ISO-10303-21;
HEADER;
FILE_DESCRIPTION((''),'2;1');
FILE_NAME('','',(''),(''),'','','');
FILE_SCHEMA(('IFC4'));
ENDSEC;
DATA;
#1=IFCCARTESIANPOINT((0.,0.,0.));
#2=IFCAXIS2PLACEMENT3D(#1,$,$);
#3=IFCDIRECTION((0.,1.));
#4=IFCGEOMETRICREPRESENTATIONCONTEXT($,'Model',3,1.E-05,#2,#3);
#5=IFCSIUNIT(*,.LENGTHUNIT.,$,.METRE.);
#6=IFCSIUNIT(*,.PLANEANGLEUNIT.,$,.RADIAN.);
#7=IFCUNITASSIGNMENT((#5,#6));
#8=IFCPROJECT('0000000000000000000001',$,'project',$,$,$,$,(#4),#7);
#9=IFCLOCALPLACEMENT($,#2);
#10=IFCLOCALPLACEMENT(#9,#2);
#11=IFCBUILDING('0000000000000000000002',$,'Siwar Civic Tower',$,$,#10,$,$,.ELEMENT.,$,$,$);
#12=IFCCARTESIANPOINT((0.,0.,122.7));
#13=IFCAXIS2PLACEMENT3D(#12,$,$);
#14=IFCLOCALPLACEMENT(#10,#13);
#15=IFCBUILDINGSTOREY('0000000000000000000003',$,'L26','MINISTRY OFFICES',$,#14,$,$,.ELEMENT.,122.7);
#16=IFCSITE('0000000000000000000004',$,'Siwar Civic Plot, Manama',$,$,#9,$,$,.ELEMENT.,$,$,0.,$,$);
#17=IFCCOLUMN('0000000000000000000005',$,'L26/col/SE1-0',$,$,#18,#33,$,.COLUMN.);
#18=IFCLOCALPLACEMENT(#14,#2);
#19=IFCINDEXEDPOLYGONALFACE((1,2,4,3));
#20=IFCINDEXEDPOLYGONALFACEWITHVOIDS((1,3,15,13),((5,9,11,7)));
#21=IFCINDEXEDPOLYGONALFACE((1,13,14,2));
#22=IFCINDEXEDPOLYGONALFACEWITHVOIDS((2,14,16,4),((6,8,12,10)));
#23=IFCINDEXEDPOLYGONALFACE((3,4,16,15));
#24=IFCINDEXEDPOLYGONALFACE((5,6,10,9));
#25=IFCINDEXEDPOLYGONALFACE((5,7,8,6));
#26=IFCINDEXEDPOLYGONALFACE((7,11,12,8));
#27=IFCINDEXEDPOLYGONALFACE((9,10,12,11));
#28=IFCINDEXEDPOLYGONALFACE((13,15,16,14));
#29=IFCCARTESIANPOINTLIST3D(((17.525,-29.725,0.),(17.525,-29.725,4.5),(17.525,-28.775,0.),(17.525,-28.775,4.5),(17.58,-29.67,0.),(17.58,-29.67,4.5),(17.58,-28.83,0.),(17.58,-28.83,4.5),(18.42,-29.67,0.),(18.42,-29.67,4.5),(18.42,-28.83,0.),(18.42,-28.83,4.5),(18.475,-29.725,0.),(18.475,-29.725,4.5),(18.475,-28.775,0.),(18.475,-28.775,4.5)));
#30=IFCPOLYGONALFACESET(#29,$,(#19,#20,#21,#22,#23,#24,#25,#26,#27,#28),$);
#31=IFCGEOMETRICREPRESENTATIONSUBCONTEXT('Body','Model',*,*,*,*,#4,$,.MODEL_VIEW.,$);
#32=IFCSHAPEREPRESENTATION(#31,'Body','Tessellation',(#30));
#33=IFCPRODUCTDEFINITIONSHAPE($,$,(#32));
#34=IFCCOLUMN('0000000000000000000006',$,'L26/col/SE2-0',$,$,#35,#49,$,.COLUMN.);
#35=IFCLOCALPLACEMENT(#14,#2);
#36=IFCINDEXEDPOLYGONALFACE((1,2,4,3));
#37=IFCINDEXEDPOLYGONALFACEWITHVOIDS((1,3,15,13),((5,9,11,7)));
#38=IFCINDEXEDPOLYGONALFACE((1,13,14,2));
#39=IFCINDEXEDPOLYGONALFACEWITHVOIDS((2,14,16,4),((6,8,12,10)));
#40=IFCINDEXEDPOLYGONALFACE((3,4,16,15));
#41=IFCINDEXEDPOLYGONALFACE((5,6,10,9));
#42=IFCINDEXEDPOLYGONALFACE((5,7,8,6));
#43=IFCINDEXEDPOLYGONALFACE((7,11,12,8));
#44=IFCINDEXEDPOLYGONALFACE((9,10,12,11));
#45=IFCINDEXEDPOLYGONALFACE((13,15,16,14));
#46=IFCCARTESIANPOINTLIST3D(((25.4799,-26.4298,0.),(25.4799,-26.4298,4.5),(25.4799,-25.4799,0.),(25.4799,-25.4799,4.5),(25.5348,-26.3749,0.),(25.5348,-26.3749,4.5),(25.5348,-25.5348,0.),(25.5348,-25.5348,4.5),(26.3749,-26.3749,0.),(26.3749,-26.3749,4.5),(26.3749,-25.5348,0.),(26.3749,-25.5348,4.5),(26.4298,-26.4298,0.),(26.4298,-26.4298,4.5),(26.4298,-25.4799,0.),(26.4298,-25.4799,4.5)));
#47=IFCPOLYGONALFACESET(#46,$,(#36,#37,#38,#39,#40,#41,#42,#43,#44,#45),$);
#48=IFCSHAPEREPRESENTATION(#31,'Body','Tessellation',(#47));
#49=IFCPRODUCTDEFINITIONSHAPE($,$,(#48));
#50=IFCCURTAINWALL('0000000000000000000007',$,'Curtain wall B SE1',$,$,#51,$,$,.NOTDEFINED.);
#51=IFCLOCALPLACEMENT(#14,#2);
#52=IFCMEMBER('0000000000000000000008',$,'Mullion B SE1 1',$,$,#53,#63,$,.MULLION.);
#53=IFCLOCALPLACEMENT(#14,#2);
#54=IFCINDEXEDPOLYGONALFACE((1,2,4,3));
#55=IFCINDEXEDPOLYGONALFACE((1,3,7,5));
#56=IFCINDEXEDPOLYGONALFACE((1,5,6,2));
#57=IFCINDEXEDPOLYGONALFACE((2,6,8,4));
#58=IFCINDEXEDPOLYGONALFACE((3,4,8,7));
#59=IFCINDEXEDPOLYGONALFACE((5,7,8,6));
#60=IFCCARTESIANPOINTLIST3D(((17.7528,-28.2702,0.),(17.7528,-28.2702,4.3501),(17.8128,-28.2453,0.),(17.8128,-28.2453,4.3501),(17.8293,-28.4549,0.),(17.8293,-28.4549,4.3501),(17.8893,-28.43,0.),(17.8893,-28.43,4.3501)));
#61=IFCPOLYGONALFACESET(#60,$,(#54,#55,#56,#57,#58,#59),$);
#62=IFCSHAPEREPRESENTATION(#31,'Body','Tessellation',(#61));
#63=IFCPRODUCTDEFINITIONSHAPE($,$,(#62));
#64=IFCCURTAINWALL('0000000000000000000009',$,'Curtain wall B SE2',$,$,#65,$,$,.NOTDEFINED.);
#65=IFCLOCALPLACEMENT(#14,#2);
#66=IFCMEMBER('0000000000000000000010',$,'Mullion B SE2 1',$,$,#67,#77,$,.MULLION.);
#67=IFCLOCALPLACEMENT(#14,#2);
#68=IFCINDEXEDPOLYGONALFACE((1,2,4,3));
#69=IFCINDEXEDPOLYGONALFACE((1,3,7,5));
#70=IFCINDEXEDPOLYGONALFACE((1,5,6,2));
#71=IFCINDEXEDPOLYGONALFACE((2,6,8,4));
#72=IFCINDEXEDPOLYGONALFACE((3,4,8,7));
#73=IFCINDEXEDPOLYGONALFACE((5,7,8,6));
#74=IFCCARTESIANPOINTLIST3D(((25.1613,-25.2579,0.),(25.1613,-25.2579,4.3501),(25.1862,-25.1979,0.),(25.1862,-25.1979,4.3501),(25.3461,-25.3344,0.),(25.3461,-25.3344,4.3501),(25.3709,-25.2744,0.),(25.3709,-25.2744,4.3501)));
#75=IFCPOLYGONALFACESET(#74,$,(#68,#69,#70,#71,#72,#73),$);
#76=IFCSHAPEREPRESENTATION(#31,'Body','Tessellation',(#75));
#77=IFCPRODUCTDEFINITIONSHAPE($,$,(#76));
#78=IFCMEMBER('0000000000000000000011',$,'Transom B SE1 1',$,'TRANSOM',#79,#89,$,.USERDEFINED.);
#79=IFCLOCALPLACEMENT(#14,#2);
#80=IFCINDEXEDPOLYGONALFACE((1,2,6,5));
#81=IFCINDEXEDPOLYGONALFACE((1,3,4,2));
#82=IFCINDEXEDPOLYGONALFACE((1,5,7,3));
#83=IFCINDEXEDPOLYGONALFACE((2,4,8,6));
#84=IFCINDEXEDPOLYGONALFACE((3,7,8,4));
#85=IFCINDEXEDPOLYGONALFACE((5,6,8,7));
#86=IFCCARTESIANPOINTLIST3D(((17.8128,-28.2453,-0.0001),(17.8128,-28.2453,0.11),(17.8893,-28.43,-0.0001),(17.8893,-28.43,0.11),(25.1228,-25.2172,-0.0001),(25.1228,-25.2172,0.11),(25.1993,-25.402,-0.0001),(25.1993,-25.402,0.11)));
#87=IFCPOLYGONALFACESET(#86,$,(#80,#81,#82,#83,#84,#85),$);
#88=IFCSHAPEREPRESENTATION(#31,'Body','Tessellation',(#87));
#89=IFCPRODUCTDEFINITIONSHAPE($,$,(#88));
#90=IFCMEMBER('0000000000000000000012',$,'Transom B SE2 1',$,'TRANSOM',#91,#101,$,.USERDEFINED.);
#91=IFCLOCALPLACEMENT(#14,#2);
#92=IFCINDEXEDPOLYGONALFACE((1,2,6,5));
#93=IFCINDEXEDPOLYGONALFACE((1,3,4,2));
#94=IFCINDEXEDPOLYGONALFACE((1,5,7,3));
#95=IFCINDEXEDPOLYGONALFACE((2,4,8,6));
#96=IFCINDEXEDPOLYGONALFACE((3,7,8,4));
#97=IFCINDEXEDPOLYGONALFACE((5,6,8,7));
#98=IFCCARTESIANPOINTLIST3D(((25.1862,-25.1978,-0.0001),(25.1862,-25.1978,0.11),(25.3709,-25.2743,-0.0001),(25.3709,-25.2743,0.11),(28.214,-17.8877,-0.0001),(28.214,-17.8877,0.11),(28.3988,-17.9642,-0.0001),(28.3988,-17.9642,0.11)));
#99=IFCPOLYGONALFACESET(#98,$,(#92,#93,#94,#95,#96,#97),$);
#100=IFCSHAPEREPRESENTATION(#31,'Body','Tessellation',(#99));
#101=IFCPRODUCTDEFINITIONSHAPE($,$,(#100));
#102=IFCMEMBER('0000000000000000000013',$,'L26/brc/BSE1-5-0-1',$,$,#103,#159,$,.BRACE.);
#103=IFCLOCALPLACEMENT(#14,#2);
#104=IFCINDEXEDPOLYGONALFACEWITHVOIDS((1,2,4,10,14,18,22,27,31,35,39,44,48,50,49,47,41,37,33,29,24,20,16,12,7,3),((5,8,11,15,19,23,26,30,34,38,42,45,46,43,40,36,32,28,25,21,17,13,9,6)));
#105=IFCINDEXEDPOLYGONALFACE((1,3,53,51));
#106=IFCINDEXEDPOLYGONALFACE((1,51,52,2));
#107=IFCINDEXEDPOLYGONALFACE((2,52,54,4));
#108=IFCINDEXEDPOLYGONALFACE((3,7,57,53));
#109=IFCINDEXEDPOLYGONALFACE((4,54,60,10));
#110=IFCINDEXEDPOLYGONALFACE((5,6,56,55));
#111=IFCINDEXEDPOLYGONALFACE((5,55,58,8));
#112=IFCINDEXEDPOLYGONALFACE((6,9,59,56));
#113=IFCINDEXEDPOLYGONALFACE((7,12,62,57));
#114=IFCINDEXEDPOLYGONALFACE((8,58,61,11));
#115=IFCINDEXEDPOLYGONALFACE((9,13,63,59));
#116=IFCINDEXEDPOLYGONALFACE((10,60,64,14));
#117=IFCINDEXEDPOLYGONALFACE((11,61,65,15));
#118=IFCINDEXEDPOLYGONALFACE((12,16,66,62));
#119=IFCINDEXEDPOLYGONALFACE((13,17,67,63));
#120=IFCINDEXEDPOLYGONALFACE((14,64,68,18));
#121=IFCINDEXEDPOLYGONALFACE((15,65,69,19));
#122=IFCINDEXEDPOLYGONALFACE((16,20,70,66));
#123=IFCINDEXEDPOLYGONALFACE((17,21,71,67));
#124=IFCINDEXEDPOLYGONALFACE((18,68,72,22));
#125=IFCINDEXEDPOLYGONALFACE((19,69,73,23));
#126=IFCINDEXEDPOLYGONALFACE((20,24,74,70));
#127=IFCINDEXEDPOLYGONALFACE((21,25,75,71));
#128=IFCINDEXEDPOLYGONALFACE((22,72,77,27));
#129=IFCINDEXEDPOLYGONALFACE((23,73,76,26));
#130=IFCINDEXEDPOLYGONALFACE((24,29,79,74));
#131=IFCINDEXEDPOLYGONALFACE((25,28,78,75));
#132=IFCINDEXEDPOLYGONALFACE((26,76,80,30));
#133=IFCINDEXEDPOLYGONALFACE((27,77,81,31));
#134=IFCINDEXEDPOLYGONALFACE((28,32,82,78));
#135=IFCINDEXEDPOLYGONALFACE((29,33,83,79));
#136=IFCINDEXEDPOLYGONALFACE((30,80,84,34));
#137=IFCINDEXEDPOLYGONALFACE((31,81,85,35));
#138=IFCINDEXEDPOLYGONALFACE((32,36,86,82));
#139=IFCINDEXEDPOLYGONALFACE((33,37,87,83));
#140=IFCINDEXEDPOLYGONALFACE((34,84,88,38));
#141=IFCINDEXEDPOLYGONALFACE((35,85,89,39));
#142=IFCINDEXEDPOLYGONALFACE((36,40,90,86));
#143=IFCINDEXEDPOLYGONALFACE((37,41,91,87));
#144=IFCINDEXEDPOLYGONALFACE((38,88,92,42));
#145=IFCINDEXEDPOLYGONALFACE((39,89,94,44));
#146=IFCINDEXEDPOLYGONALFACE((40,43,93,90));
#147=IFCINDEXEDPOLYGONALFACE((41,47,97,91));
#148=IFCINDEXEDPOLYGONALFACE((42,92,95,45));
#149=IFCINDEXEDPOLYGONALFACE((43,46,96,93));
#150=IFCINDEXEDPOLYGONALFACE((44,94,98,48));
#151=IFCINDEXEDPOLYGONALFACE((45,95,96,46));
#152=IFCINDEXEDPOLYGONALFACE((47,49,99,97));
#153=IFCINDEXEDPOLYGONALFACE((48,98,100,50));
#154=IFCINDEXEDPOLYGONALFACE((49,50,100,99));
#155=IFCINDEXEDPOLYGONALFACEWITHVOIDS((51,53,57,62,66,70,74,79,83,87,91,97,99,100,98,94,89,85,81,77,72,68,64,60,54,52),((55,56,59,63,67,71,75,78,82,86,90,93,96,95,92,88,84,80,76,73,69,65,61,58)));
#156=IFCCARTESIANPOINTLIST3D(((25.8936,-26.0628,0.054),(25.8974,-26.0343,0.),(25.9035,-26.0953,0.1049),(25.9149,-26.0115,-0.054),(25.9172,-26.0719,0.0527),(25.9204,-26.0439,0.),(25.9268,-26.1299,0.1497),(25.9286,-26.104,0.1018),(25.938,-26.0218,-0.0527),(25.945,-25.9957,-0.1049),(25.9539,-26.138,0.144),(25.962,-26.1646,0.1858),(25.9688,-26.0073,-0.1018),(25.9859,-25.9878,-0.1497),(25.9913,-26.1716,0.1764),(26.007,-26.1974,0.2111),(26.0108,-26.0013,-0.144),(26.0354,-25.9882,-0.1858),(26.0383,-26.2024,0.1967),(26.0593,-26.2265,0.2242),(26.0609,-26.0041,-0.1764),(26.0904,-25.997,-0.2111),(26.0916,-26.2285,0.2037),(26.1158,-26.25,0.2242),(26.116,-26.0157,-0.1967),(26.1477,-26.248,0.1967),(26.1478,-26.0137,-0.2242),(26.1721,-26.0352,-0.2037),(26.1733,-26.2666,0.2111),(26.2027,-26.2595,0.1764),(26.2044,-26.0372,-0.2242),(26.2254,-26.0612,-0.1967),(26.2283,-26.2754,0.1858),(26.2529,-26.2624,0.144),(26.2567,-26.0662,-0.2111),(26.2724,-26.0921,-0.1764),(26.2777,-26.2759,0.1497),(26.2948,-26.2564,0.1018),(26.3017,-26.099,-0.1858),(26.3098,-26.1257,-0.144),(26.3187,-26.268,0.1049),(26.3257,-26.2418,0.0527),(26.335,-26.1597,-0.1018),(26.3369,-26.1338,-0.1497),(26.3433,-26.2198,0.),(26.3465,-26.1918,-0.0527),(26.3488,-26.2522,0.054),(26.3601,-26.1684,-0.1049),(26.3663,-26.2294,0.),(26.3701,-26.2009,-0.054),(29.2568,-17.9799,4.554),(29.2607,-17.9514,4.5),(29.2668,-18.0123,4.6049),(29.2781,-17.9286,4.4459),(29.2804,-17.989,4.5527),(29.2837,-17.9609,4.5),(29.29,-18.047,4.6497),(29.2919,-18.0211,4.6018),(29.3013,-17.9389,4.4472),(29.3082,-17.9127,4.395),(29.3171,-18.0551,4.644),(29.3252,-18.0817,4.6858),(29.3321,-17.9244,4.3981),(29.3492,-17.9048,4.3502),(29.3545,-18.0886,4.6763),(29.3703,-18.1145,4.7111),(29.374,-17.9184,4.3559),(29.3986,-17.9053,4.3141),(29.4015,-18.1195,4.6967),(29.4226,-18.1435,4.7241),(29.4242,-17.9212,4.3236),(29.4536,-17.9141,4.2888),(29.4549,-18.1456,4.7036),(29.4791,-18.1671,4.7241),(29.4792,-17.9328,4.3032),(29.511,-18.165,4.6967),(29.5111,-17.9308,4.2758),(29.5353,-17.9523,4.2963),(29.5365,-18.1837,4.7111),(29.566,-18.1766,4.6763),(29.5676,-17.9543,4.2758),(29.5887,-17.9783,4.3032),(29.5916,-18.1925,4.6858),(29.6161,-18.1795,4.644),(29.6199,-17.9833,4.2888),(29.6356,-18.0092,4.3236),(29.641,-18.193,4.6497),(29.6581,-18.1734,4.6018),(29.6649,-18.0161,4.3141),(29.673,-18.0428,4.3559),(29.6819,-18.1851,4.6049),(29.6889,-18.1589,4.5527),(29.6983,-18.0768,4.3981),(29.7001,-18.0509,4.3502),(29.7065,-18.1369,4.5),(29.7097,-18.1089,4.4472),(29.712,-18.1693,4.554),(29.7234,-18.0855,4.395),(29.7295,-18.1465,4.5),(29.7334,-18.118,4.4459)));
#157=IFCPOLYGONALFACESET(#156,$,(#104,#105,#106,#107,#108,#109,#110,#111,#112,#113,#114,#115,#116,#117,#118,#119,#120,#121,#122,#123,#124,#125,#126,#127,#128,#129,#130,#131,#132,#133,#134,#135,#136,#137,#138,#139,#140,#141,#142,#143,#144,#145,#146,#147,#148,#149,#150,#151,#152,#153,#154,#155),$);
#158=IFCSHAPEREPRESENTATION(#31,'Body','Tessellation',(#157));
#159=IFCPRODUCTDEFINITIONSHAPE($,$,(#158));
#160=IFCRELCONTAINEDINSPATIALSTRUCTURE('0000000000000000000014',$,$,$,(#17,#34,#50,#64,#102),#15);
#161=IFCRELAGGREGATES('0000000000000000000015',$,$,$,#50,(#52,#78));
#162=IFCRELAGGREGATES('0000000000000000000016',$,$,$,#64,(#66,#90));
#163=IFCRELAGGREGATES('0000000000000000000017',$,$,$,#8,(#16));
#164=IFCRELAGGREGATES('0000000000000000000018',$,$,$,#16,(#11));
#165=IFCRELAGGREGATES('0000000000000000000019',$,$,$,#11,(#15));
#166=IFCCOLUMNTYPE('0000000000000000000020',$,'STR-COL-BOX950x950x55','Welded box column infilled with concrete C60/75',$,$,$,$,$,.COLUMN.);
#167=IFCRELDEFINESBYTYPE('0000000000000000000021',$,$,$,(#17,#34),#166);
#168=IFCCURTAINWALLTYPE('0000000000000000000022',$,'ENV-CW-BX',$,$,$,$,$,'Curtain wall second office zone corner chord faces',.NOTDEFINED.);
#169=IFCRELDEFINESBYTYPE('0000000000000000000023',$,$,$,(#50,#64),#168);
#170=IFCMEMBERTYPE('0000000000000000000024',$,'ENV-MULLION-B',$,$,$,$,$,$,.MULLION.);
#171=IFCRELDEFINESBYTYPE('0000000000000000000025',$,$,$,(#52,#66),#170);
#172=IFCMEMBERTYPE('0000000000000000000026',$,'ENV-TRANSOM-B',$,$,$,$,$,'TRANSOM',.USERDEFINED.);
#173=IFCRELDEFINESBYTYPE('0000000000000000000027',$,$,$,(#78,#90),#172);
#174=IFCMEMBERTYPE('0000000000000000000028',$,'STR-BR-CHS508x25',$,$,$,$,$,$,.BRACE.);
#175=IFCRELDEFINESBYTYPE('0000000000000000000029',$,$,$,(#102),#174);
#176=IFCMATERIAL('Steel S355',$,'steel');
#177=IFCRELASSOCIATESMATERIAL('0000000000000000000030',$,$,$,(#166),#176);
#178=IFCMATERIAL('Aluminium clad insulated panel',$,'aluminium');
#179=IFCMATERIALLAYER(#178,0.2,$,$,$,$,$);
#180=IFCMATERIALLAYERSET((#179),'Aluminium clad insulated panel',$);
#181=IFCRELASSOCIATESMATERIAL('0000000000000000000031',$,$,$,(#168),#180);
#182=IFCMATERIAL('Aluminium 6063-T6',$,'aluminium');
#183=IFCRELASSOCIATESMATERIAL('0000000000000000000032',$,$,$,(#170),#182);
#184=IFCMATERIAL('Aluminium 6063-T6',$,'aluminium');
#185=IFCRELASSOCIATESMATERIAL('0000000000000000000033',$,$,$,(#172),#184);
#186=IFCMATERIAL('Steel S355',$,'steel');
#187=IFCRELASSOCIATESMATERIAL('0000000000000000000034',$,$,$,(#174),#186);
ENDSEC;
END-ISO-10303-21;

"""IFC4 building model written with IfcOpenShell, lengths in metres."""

from ifc_helpers import new_model, si_unit, direction, frame, origin, origin_2d, place, context, subcontext, project, spatial, rectangle, hollow_rectangle, hollow_circle, extrude, material, layer, layer_set, material_profile, profile_set, type_object, element, aggregate, save


model = new_model("IFC4")

# Units and contexts
model_context = context("Model", 3, precision=1e-05, world=origin(), true_north=direction((0.0, 1.0)))
body_context = subcontext(model_context, "Body", "Model", "MODEL_VIEW")
ifc_project = project(units=[si_unit("LENGTHUNIT", "METRE"), si_unit("PLANEANGLEUNIT", "RADIAN")], contexts=[model_context])

# Site, building, storey
site_placement = place(None, origin())
site = spatial("IfcSite", under=ifc_project, at=site_placement, Name="Siwar Civic Plot, Manama", CompositionType="ELEMENT", RefElevation=0.0)
building_placement = place(site_placement, origin())
building = spatial("IfcBuilding", under=site, at=building_placement, Name="Siwar Civic Tower", CompositionType="ELEMENT")
storey_placement = place(building_placement, frame((0.0, 0.0, 122.7)))
storey = spatial("IfcBuildingStorey", under=building, at=storey_placement, Name="L26", Description="MINISTRY OFFICES", CompositionType="ELEMENT", Elevation=122.7)

# Columns
ifc_material_1 = material(Name="Steel S355", Category="steel")
ifc_material_profile_1 = material_profile(ifc_material_1, hollow_rectangle(XDim=0.95, YDim=0.95, WallThickness=0.0549, at=origin_2d()), Name="BOX950x950x55")
ifc_profile_set_1 = profile_set([ifc_material_profile_1], Name="Steel S355")
column_type = type_object("IfcColumnType", Name="STR-COL-BOX950x950x55", Description="Welded box column infilled with concrete C60/75", PredefinedType="COLUMN", material=ifc_profile_set_1)
for number, where, z_axis, x_axis, name in (
    (1, (18.0, -29.25, 0.0), (0.0, 0.0, 1.0), (1.0, 0.0, 0.0), "L26/col/SE1-0"),
    (2, (25.9548, -25.9548, 0.0), (0.0, 0.0, 1.0), (1.0, 0.0, 0.0), "L26/col/SE2-0"),
):
    element("IfcColumn", number, at=place(storey_placement, frame(where, z_axis=z_axis, x_axis=x_axis)), inside=storey, type_object=column_type, Name=name, PredefinedType="COLUMN", context=body_context, shape_type="SweptSolid", body=[
        extrude(hollow_rectangle(XDim=0.95, YDim=0.95, WallThickness=0.0549, at=origin_2d()), origin(), (0.0, 0.0, 1.0), 4.5),
    ])

# Curtain walls, members
ifc_material_2 = material(Name="Aluminium clad insulated panel", Category="aluminium")
ifc_layer_1 = layer(ifc_material_2, 0.2)
ifc_layer_set_1 = layer_set([ifc_layer_1], Name="Aluminium clad insulated panel")
curtain_wall_type = type_object("IfcCurtainWallType", Name="ENV-CW-BX", ElementType="Curtain wall second office zone corner chord faces", PredefinedType="NOTDEFINED", material=ifc_layer_set_1)
curtain_wall_1_placement = place(storey_placement, origin())
curtain_wall_1 = element("IfcCurtainWall", 3, at=curtain_wall_1_placement, inside=storey, type_object=curtain_wall_type, Name="Curtain wall B SE1", PredefinedType="NOTDEFINED")
ifc_material_3 = material(Name="Aluminium 6063-T6", Category="aluminium")
ifc_material_profile_2 = material_profile(ifc_material_3, rectangle(XDim=0.2, YDim=0.0649, at=origin_2d()), Name="AL 200x65")
ifc_profile_set_2 = profile_set([ifc_material_profile_2], Name="Aluminium 6063-T6")
member_type_1 = type_object("IfcMemberType", Name="ENV-MULLION-B", PredefinedType="MULLION", material=ifc_profile_set_2)
member_1_placement = place(storey_placement, frame((17.821, -28.3501, 0.0), z_axis=(0.0, 0.0, 1.0), x_axis=(-0.382683, 0.92388, 0.0)))
member_1 = element("IfcMember", 4, at=member_1_placement, type_object=member_type_1, Name="Mullion B SE1 1", PredefinedType="MULLION", context=body_context, shape_type="SweptSolid", body=[
    extrude(rectangle(XDim=0.2, YDim=0.0649, at=origin_2d()), origin(), (0.0, 0.0, 1.0), 4.3501),
])
curtain_wall_2_placement = place(storey_placement, origin())
curtain_wall_2 = element("IfcCurtainWall", 5, at=curtain_wall_2_placement, inside=storey, type_object=curtain_wall_type, Name="Curtain wall B SE2", PredefinedType="NOTDEFINED")
member_2_placement = place(storey_placement, frame((25.2661, -25.2661, 0.0), z_axis=(0.0, 0.0, 1.0), x_axis=(-0.92388, 0.382683, 0.0)))
member_2 = element("IfcMember", 6, at=member_2_placement, type_object=member_type_1, Name="Mullion B SE2 1", PredefinedType="MULLION", context=body_context, shape_type="SweptSolid", body=[
    extrude(rectangle(XDim=0.2, YDim=0.0649, at=origin_2d()), origin(), (0.0, 0.0, 1.0), 4.3501),
])

# Members
ifc_material_4 = material(Name="Aluminium 6063-T6", Category="aluminium")
ifc_material_profile_3 = material_profile(ifc_material_4, rectangle(XDim=0.2, YDim=0.1101, at=origin_2d()), Name="AL 200x110")
ifc_profile_set_3 = profile_set([ifc_material_profile_3], Name="Aluminium 6063-T6")
member_type_2 = type_object("IfcMemberType", Name="ENV-TRANSOM-B", ElementType="TRANSOM", PredefinedType="USERDEFINED", material=ifc_profile_set_3)
member_3_placement = place(storey_placement, frame((17.8511, -28.3376, 0.0549), z_axis=(0.923873, 0.3827, 0.0), x_axis=(-0.3827, 0.923873, 0.0)))
member_3 = element("IfcMember", 7, at=member_3_placement, type_object=member_type_2, Name="Transom B SE1 1", ObjectType="TRANSOM", PredefinedType="USERDEFINED", context=body_context, shape_type="SweptSolid", body=[
    extrude(rectangle(XDim=0.2, YDim=0.1101, at=origin_2d()), origin(), (0.0, 0.0, 1.0), 7.9124),
])
member_4_placement = place(storey_placement, frame((25.2786, -25.2361, 0.0549), z_axis=(0.382673, 0.923884, 0.0), x_axis=(-0.923884, 0.382673, 0.0)))
member_4 = element("IfcMember", 8, at=member_4_placement, type_object=member_type_2, Name="Transom B SE2 1", ObjectType="TRANSOM", PredefinedType="USERDEFINED", context=body_context, shape_type="SweptSolid", body=[
    extrude(rectangle(XDim=0.2, YDim=0.1101, at=origin_2d()), origin(), (0.0, 0.0, 1.0), 7.9124),
])

# Member
ifc_material_5 = material(Name="Steel S355", Category="steel")
ifc_material_profile_4 = material_profile(ifc_material_5, hollow_circle(Radius=0.2539, WallThickness=0.0249, at=origin_2d()), Name="CHS508x25")
ifc_profile_set_4 = profile_set([ifc_material_profile_4], Name="Steel S355")
member_type_3 = type_object("IfcMemberType", Name="STR-BR-CHS508x25", PredefinedType="BRACE", material=ifc_profile_set_4)
member_5_placement = place(storey_placement, frame((26.1318, -26.1318, 0.0), z_axis=(0.341671, 0.821143, 0.457149), x_axis=(-0.923265, 0.384164, 0.0)))
element("IfcMember", 9, at=member_5_placement, inside=storey, type_object=member_type_3, Name="L26/brc/BSE1-5-0-1", PredefinedType="BRACE", context=body_context, shape_type="SweptSolid", body=[
    extrude(hollow_circle(Radius=0.2539, WallThickness=0.0249, at=origin_2d()), origin(), (0.0, 0.0, 1.0), 9.8435),
])

aggregate(curtain_wall_1, [member_1, member_3])
aggregate(curtain_wall_2, [member_2, member_4])

save(model, "model.ifc")
